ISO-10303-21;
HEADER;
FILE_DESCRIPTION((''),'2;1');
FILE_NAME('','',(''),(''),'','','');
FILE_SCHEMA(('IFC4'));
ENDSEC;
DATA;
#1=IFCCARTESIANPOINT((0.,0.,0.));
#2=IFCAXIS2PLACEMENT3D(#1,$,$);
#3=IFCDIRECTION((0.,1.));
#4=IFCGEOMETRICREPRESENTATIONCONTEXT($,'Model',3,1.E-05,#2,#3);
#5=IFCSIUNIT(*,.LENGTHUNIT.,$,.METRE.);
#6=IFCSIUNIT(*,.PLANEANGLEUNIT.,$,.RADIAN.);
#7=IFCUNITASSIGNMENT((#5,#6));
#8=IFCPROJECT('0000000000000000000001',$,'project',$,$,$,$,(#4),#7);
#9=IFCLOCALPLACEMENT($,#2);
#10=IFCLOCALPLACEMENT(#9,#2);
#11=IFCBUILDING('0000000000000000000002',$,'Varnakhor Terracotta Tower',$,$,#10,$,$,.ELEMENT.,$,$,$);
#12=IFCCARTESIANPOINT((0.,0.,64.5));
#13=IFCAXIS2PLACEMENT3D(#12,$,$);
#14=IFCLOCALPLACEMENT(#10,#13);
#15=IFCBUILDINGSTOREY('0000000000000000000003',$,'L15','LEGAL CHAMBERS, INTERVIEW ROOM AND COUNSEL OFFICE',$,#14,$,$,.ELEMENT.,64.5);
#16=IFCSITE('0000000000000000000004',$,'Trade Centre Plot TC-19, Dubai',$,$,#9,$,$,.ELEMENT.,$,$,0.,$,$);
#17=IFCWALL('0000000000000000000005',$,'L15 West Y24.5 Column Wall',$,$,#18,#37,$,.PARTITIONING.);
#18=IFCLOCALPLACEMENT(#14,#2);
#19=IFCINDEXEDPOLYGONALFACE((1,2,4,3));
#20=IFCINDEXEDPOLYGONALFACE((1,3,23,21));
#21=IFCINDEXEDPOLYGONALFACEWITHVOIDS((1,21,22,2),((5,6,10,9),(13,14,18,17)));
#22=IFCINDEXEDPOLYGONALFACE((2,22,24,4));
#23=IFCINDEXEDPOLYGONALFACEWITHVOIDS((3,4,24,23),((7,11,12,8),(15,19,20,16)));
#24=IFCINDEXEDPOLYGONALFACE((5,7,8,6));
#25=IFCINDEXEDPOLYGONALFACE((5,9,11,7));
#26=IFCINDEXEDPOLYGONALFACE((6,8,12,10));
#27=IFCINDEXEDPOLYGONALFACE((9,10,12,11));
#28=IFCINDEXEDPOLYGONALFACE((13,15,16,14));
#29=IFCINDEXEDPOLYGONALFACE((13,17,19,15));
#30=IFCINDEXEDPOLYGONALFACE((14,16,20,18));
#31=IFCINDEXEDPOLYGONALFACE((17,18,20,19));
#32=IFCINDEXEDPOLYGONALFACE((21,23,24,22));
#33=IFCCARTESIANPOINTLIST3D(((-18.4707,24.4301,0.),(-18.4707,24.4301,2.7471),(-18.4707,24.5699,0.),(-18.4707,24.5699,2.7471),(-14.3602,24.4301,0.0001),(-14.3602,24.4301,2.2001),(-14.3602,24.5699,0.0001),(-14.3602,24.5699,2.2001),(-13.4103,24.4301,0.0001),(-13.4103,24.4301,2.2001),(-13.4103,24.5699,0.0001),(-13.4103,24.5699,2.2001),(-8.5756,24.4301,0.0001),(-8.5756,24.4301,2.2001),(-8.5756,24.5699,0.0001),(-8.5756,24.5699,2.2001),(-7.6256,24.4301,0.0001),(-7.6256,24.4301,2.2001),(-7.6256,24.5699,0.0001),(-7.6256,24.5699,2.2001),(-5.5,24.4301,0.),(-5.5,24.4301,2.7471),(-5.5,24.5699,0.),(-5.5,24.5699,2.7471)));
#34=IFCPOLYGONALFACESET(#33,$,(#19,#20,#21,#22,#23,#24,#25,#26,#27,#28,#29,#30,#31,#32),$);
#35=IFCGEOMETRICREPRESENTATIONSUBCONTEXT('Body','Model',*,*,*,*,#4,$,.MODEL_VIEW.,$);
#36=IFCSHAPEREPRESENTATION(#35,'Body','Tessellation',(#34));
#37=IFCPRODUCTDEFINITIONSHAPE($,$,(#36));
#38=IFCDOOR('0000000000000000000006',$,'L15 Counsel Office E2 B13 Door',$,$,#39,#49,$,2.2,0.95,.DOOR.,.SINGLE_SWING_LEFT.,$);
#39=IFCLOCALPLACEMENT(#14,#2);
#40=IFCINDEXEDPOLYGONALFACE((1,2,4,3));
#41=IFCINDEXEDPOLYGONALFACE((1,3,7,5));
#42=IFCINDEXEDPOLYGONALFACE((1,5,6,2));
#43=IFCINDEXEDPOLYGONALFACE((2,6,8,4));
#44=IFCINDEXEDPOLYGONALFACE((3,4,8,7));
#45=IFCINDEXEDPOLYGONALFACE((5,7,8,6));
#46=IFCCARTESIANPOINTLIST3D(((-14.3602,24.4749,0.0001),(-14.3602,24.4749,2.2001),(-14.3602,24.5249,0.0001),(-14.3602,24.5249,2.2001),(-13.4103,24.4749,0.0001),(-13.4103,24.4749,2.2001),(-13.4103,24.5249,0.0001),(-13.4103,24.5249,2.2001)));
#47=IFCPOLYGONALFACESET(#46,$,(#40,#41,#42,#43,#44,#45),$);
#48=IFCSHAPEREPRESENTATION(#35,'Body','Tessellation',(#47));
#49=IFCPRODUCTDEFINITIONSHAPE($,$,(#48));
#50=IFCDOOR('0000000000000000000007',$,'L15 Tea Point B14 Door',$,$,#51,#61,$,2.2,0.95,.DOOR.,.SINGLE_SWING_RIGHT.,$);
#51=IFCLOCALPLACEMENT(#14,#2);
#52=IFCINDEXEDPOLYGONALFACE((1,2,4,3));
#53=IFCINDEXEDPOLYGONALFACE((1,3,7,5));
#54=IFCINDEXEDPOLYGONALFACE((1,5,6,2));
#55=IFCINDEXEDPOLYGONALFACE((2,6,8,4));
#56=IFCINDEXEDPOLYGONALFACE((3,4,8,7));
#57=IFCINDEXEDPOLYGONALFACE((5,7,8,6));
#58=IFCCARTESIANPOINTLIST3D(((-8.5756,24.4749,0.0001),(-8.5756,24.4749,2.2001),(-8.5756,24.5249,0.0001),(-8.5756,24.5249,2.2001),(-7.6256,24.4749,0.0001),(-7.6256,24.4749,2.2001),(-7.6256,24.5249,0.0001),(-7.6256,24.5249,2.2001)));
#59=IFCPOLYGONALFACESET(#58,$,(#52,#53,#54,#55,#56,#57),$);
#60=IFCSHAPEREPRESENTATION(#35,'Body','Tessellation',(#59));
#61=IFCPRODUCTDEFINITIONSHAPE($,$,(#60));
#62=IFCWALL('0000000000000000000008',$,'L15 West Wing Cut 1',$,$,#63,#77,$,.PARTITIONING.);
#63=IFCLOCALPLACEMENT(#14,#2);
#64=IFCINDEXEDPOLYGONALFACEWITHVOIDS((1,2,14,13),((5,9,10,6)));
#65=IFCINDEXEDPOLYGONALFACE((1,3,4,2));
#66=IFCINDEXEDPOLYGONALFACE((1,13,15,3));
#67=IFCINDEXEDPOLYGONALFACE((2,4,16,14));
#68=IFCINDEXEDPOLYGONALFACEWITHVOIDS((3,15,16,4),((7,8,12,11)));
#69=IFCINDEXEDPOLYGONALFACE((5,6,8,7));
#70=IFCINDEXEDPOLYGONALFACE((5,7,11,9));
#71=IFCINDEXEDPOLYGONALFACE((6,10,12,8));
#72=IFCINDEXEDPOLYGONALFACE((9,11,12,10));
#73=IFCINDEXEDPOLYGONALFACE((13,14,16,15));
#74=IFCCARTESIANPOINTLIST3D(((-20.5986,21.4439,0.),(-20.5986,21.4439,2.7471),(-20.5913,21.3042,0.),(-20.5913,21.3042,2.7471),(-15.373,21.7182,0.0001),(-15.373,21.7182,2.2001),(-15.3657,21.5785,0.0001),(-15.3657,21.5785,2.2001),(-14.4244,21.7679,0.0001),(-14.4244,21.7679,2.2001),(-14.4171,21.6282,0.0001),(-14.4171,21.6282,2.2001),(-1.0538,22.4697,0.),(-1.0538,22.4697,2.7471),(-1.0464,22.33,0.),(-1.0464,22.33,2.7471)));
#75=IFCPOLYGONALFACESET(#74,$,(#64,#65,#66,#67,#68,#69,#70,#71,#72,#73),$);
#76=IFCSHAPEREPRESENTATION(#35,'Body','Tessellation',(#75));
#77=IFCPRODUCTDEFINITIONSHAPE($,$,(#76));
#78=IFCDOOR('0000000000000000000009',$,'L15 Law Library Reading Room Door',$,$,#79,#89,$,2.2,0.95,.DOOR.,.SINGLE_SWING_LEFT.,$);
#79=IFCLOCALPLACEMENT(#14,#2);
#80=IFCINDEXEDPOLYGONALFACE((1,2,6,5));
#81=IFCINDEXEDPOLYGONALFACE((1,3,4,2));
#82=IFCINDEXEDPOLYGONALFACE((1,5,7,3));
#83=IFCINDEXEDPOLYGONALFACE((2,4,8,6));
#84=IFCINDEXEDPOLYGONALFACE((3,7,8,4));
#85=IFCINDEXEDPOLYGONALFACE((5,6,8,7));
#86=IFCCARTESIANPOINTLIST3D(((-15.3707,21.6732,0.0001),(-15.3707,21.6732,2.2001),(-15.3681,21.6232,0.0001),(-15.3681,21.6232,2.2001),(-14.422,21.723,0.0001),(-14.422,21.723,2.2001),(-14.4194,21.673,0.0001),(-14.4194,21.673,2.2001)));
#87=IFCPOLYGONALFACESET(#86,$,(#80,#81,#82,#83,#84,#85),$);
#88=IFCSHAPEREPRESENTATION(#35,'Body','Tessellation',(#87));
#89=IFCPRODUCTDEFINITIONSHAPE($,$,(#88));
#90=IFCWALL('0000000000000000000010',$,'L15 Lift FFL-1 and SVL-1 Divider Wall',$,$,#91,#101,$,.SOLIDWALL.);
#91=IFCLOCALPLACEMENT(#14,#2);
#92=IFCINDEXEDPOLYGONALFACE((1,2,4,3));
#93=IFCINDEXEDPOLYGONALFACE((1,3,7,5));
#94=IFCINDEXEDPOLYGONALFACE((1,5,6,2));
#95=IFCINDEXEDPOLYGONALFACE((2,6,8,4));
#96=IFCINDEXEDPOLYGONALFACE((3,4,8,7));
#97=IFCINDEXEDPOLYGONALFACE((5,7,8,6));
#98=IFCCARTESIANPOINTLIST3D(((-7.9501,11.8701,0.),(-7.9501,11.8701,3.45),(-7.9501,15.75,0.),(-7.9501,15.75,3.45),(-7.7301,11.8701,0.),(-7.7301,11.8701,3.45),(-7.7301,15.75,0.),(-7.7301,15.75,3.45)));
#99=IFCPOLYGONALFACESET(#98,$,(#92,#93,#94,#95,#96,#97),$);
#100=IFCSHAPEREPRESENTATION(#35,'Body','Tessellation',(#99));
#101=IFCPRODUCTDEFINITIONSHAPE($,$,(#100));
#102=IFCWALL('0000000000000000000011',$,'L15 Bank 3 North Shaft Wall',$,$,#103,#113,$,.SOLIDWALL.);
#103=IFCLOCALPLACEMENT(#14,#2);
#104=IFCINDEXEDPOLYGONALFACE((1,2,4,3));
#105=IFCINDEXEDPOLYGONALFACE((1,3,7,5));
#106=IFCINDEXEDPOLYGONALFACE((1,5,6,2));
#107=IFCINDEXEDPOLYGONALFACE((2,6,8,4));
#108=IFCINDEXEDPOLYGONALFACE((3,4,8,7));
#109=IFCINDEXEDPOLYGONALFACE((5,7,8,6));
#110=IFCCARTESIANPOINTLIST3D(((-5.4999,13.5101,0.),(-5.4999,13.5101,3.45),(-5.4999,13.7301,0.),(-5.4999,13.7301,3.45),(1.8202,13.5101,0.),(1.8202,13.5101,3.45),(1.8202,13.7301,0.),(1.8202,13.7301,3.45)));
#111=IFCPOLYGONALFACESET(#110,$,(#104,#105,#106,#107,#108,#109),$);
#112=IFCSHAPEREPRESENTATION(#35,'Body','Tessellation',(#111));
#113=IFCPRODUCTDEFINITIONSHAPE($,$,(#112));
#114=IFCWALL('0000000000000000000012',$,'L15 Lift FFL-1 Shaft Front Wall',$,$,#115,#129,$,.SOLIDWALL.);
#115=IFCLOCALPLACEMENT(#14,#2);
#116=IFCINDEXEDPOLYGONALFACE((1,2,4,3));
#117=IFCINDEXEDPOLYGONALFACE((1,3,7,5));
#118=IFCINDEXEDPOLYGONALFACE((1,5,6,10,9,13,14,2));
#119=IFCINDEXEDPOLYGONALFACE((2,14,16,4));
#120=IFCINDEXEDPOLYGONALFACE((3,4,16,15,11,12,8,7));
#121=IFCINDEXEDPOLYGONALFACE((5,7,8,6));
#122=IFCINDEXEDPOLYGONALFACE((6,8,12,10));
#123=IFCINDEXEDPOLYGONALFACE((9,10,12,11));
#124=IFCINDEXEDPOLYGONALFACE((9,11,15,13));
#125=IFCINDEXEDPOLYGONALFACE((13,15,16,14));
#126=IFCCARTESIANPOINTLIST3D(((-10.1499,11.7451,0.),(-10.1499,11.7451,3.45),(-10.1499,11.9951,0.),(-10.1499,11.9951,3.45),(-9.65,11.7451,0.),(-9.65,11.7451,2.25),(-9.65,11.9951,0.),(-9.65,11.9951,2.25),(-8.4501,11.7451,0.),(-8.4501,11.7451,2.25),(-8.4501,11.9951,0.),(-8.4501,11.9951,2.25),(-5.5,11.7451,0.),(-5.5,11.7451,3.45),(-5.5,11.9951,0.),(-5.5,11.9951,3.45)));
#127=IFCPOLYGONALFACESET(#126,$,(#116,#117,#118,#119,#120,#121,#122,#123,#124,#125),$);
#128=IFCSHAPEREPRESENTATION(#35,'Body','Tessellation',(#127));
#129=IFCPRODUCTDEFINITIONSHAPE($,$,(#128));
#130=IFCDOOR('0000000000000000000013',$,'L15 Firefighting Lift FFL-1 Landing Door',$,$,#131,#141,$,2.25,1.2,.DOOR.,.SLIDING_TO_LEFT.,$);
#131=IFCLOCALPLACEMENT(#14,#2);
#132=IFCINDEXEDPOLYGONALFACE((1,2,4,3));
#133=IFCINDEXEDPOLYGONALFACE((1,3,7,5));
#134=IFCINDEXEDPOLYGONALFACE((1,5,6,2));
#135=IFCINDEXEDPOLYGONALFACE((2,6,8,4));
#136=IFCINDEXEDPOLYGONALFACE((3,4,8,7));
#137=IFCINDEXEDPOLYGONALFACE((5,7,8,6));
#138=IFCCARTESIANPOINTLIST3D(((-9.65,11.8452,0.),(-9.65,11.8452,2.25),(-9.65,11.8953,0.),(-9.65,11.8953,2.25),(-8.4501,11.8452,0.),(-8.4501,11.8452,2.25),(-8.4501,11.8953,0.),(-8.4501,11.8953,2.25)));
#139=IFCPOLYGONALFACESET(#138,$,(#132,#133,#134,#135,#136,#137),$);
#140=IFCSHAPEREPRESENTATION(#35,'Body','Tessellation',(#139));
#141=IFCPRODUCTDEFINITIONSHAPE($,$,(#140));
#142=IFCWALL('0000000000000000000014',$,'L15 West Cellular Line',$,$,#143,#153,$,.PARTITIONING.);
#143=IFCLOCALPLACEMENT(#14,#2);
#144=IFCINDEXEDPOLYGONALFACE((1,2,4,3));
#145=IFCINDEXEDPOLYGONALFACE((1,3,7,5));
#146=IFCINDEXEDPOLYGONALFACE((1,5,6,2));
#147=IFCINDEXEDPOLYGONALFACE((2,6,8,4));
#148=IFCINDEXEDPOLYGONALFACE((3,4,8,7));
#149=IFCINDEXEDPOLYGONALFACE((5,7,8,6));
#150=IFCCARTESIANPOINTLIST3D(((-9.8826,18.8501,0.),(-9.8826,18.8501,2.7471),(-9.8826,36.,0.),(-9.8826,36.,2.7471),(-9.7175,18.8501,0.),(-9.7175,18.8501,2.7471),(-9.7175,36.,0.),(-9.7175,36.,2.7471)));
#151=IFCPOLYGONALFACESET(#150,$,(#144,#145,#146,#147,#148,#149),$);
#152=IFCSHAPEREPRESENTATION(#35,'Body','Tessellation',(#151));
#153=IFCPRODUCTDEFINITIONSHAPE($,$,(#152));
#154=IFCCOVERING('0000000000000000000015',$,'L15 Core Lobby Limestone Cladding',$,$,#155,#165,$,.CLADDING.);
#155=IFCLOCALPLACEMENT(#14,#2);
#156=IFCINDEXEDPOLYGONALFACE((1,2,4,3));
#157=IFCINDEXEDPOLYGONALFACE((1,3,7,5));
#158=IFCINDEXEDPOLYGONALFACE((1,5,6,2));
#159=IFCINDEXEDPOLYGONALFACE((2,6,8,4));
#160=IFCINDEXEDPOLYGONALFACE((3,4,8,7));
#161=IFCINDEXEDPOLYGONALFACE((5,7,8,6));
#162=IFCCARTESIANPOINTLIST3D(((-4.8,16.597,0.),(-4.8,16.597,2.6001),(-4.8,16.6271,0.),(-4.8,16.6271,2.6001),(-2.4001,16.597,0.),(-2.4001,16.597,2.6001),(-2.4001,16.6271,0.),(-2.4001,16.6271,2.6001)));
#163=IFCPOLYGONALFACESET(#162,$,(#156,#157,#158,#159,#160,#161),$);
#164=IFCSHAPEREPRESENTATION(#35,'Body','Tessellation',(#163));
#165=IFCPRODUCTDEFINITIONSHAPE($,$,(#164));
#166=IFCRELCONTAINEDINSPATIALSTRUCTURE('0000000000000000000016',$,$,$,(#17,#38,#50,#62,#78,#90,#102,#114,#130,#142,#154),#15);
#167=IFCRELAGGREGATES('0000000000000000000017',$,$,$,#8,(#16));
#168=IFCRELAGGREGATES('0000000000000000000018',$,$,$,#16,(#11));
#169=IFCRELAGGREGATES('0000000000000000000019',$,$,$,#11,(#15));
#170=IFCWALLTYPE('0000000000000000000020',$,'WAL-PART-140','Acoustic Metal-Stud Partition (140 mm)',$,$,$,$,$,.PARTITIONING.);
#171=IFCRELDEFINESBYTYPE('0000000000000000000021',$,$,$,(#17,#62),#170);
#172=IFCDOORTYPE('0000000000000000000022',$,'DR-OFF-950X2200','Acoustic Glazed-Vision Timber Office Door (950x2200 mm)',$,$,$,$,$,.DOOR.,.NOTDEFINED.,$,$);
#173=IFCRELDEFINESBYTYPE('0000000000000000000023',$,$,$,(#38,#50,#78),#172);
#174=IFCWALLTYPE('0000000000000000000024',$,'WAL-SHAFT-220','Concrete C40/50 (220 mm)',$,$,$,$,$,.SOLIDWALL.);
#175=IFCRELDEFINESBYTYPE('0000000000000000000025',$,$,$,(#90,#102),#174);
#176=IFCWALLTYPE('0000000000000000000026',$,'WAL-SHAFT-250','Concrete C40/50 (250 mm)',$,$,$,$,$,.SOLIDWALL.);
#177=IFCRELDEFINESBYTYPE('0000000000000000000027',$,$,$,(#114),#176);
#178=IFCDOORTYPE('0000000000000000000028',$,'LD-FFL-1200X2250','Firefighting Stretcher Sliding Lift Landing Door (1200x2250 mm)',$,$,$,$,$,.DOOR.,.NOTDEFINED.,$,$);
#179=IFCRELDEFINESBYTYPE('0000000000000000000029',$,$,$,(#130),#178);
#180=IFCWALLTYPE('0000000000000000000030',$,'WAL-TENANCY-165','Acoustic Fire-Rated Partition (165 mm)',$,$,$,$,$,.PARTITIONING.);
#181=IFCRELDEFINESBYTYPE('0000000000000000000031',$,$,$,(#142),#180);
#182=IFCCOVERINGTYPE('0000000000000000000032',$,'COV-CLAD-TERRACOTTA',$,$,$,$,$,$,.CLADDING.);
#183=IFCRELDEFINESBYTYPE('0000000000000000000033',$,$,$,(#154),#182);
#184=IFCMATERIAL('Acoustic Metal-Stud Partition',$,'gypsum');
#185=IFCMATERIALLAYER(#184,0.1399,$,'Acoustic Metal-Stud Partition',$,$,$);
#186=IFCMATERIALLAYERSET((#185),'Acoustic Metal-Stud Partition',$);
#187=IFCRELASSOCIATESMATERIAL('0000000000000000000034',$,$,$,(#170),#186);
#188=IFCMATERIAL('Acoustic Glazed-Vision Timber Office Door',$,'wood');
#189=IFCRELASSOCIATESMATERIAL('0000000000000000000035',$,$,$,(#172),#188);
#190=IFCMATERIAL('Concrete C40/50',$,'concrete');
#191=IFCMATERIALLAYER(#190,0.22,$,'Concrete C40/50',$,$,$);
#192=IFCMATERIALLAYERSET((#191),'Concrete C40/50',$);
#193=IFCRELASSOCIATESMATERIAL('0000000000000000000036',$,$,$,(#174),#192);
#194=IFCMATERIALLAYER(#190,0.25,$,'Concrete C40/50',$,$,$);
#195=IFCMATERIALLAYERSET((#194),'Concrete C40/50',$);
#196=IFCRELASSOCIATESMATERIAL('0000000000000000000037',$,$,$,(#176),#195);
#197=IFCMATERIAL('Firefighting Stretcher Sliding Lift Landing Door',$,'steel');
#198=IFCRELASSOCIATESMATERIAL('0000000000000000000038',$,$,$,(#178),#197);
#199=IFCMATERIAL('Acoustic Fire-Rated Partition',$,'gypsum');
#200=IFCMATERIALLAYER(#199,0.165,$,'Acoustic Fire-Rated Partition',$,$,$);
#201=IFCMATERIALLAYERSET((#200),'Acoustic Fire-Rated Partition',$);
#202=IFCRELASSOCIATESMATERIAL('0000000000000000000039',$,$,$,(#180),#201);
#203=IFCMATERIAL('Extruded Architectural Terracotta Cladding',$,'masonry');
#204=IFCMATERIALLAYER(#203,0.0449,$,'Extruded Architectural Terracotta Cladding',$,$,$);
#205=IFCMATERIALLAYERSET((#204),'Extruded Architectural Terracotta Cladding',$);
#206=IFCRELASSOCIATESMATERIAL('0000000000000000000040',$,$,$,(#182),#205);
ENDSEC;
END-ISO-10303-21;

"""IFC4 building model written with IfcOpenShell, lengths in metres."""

from ifc_helpers import new_model, si_unit, direction, frame, frame_2d, origin, origin_2d, place, context, subcontext, project, spatial, rectangle, extrude, source, transform, mapped, material, layer, layer_set, type_object, type_shapes, element, fill, save


model = new_model("IFC4")

# Units and contexts
model_context = context("Model", 3, precision=1e-05, world=origin(), true_north=direction((0.0, 1.0)))
body_context = subcontext(model_context, "Body", "Model", "MODEL_VIEW")
ifc_project = project(units=[si_unit("LENGTHUNIT", "METRE"), si_unit("PLANEANGLEUNIT", "RADIAN")], contexts=[model_context])

# Site, building, storey
site_placement = place(None, origin())
site = spatial("IfcSite", under=ifc_project, at=site_placement, Name="Trade Centre Plot TC-19, Dubai", CompositionType="ELEMENT", RefElevation=0.0)
building_placement = place(site_placement, origin())
building = spatial("IfcBuilding", under=site, at=building_placement, Name="Varnakhor Terracotta Tower", CompositionType="ELEMENT")
storey_placement = place(building_placement, frame((0.0, 0.0, 64.5)))
storey = spatial("IfcBuildingStorey", under=building, at=storey_placement, Name="L15", Description="LEGAL CHAMBERS, INTERVIEW ROOM AND COUNSEL OFFICE", CompositionType="ELEMENT", Elevation=64.5)

# Wall, openings, doors
ifc_material_1 = material(Name="Acoustic Metal-Stud Partition", Category="gypsum")
ifc_layer_1 = layer(ifc_material_1, 0.1399, Name="Acoustic Metal-Stud Partition")
ifc_layer_set_1 = layer_set([ifc_layer_1], Name="Acoustic Metal-Stud Partition")
wall_type_1 = type_object("IfcWallType", Name="WAL-PART-140", Description="Acoustic Metal-Stud Partition (140 mm)", PredefinedType="PARTITIONING", material=ifc_layer_set_1)
wall_1_placement = place(storey_placement, frame((-18.4707, 24.5, 0.0), z_axis=(0.0, 0.0, 1.0), x_axis=(1.0, 0.0, 0.0)))
wall_1 = element("IfcWall", 1, at=wall_1_placement, inside=storey, type_object=wall_type_1, Name="L15 West Y24.5 Column Wall", PredefinedType="PARTITIONING", context=body_context, shape_type="SweptSolid", body=[
    extrude(rectangle(XDim=12.9707, YDim=0.1399, at=frame_2d((6.4854, 0.0))), origin(), (0.0, 0.0, 1.0), 2.7471),
])
opening_1_placement = place(wall_1_placement, frame((4.1104, 0.0, 0.0)))
opening_1 = element("IfcOpeningElement", 2, at=opening_1_placement, cuts=wall_1, PredefinedType="OPENING", context=body_context, shape_type="SweptSolid", body=[
    extrude(rectangle(XDim=0.95, YDim=2.2, at=frame_2d((0.4751, 1.1001))), frame((0.0, 0.0801, 0.0), z_axis=(0.0, -1.0, 0.0), x_axis=(1.0, 0.0, 0.0)), (0.0, 0.0, 1.0), 0.1599),
])
opening_2_placement = place(wall_1_placement, frame((9.895, 0.0, 0.0)))
opening_2 = element("IfcOpeningElement", 3, at=opening_2_placement, cuts=wall_1, PredefinedType="OPENING", context=body_context, shape_type="SweptSolid", body=[
    extrude(rectangle(XDim=0.95, YDim=2.2, at=frame_2d((0.4751, 1.1001))), frame((0.0, 0.0801, 0.0), z_axis=(0.0, -1.0, 0.0), x_axis=(1.0, 0.0, 0.0)), (0.0, 0.0, 1.0), 0.1599),
])
ifc_material_2 = material(Name="Acoustic Glazed-Vision Timber Office Door", Category="wood")
door_type_1 = type_object("IfcDoorType", Name="DR-OFF-950X2200", Description="Acoustic Glazed-Vision Timber Office Door (950x2200 mm)", OperationType="NOTDEFINED", PredefinedType="DOOR", material=ifc_material_2)
shared_shape_1 = source(origin(), body_context, "Body", "SweptSolid", [
    extrude(rectangle(XDim=0.95, YDim=2.2, at=frame_2d((0.4751, 1.1001))), frame((0.0, 0.0249, 0.0), z_axis=(0.0, -1.0, 0.0), x_axis=(1.0, 0.0, 0.0)), (0.0, 0.0, 1.0), 0.05),
])
type_shapes(door_type_1, [shared_shape_1])
door_1_placement = place(opening_1_placement, origin())
door_1 = element("IfcDoor", 4, at=door_1_placement, inside=storey, type_object=door_type_1, Name="L15 Counsel Office E2 B13 Door", OperationType="SINGLE_SWING_LEFT", OverallHeight=2.2, OverallWidth=0.95, PredefinedType="DOOR", context=body_context, shape_type="MappedRepresentation", body=[
    mapped(shared_shape_1, transform((0.0, 0.0, 0.0), scale=1.0)),
])
fill(opening_1, door_1)
door_2_placement = place(opening_2_placement, origin())
door_2 = element("IfcDoor", 5, at=door_2_placement, inside=storey, type_object=door_type_1, Name="L15 Tea Point B14 Door", OperationType="SINGLE_SWING_RIGHT", OverallHeight=2.2, OverallWidth=0.95, PredefinedType="DOOR", context=body_context, shape_type="MappedRepresentation", body=[
    mapped(shared_shape_1, transform((0.0, 0.0, 0.0), scale=1.0)),
])
fill(opening_2, door_2)

# Wall, opening, door
wall_2_placement = place(storey_placement, frame((-20.595, 21.374, 0.0), z_axis=(0.0, 0.0, 1.0), x_axis=(0.998625, 0.052416, 0.0)))
wall_2 = element("IfcWall", 6, at=wall_2_placement, inside=storey, type_object=wall_type_1, Name="L15 West Wing Cut 1", PredefinedType="PARTITIONING", context=body_context, shape_type="SweptSolid", body=[
    extrude(rectangle(XDim=19.5718, YDim=0.1399, at=frame_2d((9.7859, 0.0))), origin(), (0.0, 0.0, 1.0), 2.7471),
])
opening_3_placement = place(wall_2_placement, frame((5.2327, 0.0, 0.0)))
opening_3 = element("IfcOpeningElement", 7, at=opening_3_placement, cuts=wall_2, PredefinedType="OPENING", context=body_context, shape_type="SweptSolid", body=[
    extrude(rectangle(XDim=0.95, YDim=2.2, at=frame_2d((0.4751, 1.1001))), frame((0.0, 0.0801, 0.0), z_axis=(0.0, -1.0, 0.0), x_axis=(1.0, 0.0, 0.0)), (0.0, 0.0, 1.0), 0.1599),
])
door_3_placement = place(opening_3_placement, origin())
door_3 = element("IfcDoor", 8, at=door_3_placement, inside=storey, type_object=door_type_1, Name="L15 Law Library Reading Room Door", OperationType="SINGLE_SWING_LEFT", OverallHeight=2.2, OverallWidth=0.95, PredefinedType="DOOR", context=body_context, shape_type="MappedRepresentation", body=[
    mapped(shared_shape_1, transform((0.0, 0.0, 0.0), scale=1.0)),
])
fill(opening_3, door_3)

# Walls
ifc_material_3 = material(Name="Concrete C40/50", Category="concrete")
ifc_layer_2 = layer(ifc_material_3, 0.22, Name="Concrete C40/50")
ifc_layer_set_2 = layer_set([ifc_layer_2], Name="Concrete C40/50")
wall_type_2 = type_object("IfcWallType", Name="WAL-SHAFT-220", Description="Concrete C40/50 (220 mm)", PredefinedType="SOLIDWALL", material=ifc_layer_set_2)
wall_3_placement = place(storey_placement, frame((-7.8401, 11.8701, 0.0), z_axis=(0.0, 0.0, 1.0), x_axis=(0.0, 1.0, 0.0)))
element("IfcWall", 9, at=wall_3_placement, inside=storey, type_object=wall_type_2, Name="L15 Lift FFL-1 and SVL-1 Divider Wall", PredefinedType="SOLIDWALL", context=body_context, shape_type="SweptSolid", body=[
    extrude(rectangle(XDim=3.8799, YDim=0.22, at=frame_2d((1.9399, 0.0))), origin(), (0.0, 0.0, 1.0), 3.45),
])
wall_4_placement = place(storey_placement, frame((-5.5, 13.6201, 0.0), z_axis=(0.0, 0.0, 1.0), x_axis=(1.0, 0.0, 0.0)))
element("IfcWall", 10, at=wall_4_placement, inside=storey, type_object=wall_type_2, Name="L15 Bank 3 North Shaft Wall", PredefinedType="SOLIDWALL", context=body_context, shape_type="SweptSolid", body=[
    extrude(rectangle(XDim=7.3201, YDim=0.22, at=frame_2d((3.6602, 0.0))), origin(), (0.0, 0.0, 1.0), 3.45),
])

# Wall, opening, door
ifc_layer_3 = layer(ifc_material_3, 0.25, Name="Concrete C40/50")
ifc_layer_set_3 = layer_set([ifc_layer_3], Name="Concrete C40/50")
wall_type_3 = type_object("IfcWallType", Name="WAL-SHAFT-250", Description="Concrete C40/50 (250 mm)", PredefinedType="SOLIDWALL", material=ifc_layer_set_3)
wall_5_placement = place(storey_placement, frame((-5.5, 11.8701, 0.0), z_axis=(0.0, 0.0, 1.0), x_axis=(-1.0, 0.0, 0.0)))
wall_5 = element("IfcWall", 11, at=wall_5_placement, inside=storey, type_object=wall_type_3, Name="L15 Lift FFL-1 Shaft Front Wall", PredefinedType="SOLIDWALL", context=body_context, shape_type="SweptSolid", body=[
    extrude(rectangle(XDim=4.6499, YDim=0.25, at=frame_2d((2.325, 0.0))), origin(), (0.0, 0.0, 1.0), 3.45),
])
opening_4_placement = place(wall_5_placement, frame((2.95, 0.0, 0.0)))
opening_4 = element("IfcOpeningElement", 12, at=opening_4_placement, cuts=wall_5, PredefinedType="OPENING", context=body_context, shape_type="SweptSolid", body=[
    extrude(rectangle(XDim=1.2, YDim=2.25, at=frame_2d((0.6001, 1.125))), frame((0.0, 0.135, 0.0), z_axis=(0.0, -1.0, 0.0), x_axis=(1.0, 0.0, 0.0)), (0.0, 0.0, 1.0), 0.27),
])
ifc_material_4 = material(Name="Firefighting Stretcher Sliding Lift Landing Door", Category="steel")
door_type_2 = type_object("IfcDoorType", Name="LD-FFL-1200X2250", Description="Firefighting Stretcher Sliding Lift Landing Door (1200x2250 mm)", OperationType="NOTDEFINED", PredefinedType="DOOR", material=ifc_material_4)
shared_shape_2 = source(origin(), body_context, "Body", "SweptSolid", [
    extrude(rectangle(XDim=1.2, YDim=2.25, at=frame_2d((0.6001, 1.125))), frame((0.0, 0.0249, 0.0), z_axis=(0.0, -1.0, 0.0), x_axis=(1.0, 0.0, 0.0)), (0.0, 0.0, 1.0), 0.05),
])
type_shapes(door_type_2, [shared_shape_2])
door_4_placement = place(opening_4_placement, origin())
door_4 = element("IfcDoor", 13, at=door_4_placement, inside=storey, type_object=door_type_2, Name="L15 Firefighting Lift FFL-1 Landing Door", OperationType="SLIDING_TO_LEFT", OverallHeight=2.25, OverallWidth=1.2, PredefinedType="DOOR", context=body_context, shape_type="MappedRepresentation", body=[
    mapped(shared_shape_2, transform((0.0, 0.0, 0.0), scale=1.0)),
])
fill(opening_4, door_4)

# Wall
ifc_material_5 = material(Name="Acoustic Fire-Rated Partition", Category="gypsum")
ifc_layer_4 = layer(ifc_material_5, 0.165, Name="Acoustic Fire-Rated Partition")
ifc_layer_set_4 = layer_set([ifc_layer_4], Name="Acoustic Fire-Rated Partition")
wall_type_4 = type_object("IfcWallType", Name="WAL-TENANCY-165", Description="Acoustic Fire-Rated Partition (165 mm)", PredefinedType="PARTITIONING", material=ifc_layer_set_4)
wall_6_placement = place(storey_placement, frame((-9.8, 18.8501, 0.0), z_axis=(0.0, 0.0, 1.0), x_axis=(0.0, 1.0, 0.0)))
element("IfcWall", 14, at=wall_6_placement, inside=storey, type_object=wall_type_4, Name="L15 West Cellular Line", PredefinedType="PARTITIONING", context=body_context, shape_type="SweptSolid", body=[
    extrude(rectangle(XDim=17.1499, YDim=0.165, at=frame_2d((8.575, 0.0))), origin(), (0.0, 0.0, 1.0), 2.7471),
])

# Covering
ifc_material_6 = material(Name="Extruded Architectural Terracotta Cladding", Category="masonry")
ifc_layer_5 = layer(ifc_material_6, 0.0449, Name="Extruded Architectural Terracotta Cladding")
ifc_layer_set_5 = layer_set([ifc_layer_5], Name="Extruded Architectural Terracotta Cladding")
covering_type_1 = type_object("IfcCoveringType", Name="COV-CLAD-TERRACOTTA", PredefinedType="CLADDING", material=ifc_layer_set_5)
shared_shape_3 = source(origin(), body_context, "Body", "SweptSolid", [
    extrude(rectangle(XDim=2.3999, YDim=0.03, at=origin_2d()), origin(), (0.0, 0.0, 1.0), 2.6001),
])
type_shapes(covering_type_1, [shared_shape_3])
covering_1_placement = place(storey_placement, frame((-3.6001, 16.6121, 0.0), z_axis=(0.0, 0.0, 1.0), x_axis=(1.0, 0.0, 0.0)))
element("IfcCovering", 15, at=covering_1_placement, inside=storey, type_object=covering_type_1, Name="L15 Core Lobby Limestone Cladding", PredefinedType="CLADDING", context=body_context, shape_type="MappedRepresentation", body=[
    mapped(shared_shape_3, transform((0.0, 0.0, 0.0), scale=1.0)),
])

save(model, "model.ifc")
